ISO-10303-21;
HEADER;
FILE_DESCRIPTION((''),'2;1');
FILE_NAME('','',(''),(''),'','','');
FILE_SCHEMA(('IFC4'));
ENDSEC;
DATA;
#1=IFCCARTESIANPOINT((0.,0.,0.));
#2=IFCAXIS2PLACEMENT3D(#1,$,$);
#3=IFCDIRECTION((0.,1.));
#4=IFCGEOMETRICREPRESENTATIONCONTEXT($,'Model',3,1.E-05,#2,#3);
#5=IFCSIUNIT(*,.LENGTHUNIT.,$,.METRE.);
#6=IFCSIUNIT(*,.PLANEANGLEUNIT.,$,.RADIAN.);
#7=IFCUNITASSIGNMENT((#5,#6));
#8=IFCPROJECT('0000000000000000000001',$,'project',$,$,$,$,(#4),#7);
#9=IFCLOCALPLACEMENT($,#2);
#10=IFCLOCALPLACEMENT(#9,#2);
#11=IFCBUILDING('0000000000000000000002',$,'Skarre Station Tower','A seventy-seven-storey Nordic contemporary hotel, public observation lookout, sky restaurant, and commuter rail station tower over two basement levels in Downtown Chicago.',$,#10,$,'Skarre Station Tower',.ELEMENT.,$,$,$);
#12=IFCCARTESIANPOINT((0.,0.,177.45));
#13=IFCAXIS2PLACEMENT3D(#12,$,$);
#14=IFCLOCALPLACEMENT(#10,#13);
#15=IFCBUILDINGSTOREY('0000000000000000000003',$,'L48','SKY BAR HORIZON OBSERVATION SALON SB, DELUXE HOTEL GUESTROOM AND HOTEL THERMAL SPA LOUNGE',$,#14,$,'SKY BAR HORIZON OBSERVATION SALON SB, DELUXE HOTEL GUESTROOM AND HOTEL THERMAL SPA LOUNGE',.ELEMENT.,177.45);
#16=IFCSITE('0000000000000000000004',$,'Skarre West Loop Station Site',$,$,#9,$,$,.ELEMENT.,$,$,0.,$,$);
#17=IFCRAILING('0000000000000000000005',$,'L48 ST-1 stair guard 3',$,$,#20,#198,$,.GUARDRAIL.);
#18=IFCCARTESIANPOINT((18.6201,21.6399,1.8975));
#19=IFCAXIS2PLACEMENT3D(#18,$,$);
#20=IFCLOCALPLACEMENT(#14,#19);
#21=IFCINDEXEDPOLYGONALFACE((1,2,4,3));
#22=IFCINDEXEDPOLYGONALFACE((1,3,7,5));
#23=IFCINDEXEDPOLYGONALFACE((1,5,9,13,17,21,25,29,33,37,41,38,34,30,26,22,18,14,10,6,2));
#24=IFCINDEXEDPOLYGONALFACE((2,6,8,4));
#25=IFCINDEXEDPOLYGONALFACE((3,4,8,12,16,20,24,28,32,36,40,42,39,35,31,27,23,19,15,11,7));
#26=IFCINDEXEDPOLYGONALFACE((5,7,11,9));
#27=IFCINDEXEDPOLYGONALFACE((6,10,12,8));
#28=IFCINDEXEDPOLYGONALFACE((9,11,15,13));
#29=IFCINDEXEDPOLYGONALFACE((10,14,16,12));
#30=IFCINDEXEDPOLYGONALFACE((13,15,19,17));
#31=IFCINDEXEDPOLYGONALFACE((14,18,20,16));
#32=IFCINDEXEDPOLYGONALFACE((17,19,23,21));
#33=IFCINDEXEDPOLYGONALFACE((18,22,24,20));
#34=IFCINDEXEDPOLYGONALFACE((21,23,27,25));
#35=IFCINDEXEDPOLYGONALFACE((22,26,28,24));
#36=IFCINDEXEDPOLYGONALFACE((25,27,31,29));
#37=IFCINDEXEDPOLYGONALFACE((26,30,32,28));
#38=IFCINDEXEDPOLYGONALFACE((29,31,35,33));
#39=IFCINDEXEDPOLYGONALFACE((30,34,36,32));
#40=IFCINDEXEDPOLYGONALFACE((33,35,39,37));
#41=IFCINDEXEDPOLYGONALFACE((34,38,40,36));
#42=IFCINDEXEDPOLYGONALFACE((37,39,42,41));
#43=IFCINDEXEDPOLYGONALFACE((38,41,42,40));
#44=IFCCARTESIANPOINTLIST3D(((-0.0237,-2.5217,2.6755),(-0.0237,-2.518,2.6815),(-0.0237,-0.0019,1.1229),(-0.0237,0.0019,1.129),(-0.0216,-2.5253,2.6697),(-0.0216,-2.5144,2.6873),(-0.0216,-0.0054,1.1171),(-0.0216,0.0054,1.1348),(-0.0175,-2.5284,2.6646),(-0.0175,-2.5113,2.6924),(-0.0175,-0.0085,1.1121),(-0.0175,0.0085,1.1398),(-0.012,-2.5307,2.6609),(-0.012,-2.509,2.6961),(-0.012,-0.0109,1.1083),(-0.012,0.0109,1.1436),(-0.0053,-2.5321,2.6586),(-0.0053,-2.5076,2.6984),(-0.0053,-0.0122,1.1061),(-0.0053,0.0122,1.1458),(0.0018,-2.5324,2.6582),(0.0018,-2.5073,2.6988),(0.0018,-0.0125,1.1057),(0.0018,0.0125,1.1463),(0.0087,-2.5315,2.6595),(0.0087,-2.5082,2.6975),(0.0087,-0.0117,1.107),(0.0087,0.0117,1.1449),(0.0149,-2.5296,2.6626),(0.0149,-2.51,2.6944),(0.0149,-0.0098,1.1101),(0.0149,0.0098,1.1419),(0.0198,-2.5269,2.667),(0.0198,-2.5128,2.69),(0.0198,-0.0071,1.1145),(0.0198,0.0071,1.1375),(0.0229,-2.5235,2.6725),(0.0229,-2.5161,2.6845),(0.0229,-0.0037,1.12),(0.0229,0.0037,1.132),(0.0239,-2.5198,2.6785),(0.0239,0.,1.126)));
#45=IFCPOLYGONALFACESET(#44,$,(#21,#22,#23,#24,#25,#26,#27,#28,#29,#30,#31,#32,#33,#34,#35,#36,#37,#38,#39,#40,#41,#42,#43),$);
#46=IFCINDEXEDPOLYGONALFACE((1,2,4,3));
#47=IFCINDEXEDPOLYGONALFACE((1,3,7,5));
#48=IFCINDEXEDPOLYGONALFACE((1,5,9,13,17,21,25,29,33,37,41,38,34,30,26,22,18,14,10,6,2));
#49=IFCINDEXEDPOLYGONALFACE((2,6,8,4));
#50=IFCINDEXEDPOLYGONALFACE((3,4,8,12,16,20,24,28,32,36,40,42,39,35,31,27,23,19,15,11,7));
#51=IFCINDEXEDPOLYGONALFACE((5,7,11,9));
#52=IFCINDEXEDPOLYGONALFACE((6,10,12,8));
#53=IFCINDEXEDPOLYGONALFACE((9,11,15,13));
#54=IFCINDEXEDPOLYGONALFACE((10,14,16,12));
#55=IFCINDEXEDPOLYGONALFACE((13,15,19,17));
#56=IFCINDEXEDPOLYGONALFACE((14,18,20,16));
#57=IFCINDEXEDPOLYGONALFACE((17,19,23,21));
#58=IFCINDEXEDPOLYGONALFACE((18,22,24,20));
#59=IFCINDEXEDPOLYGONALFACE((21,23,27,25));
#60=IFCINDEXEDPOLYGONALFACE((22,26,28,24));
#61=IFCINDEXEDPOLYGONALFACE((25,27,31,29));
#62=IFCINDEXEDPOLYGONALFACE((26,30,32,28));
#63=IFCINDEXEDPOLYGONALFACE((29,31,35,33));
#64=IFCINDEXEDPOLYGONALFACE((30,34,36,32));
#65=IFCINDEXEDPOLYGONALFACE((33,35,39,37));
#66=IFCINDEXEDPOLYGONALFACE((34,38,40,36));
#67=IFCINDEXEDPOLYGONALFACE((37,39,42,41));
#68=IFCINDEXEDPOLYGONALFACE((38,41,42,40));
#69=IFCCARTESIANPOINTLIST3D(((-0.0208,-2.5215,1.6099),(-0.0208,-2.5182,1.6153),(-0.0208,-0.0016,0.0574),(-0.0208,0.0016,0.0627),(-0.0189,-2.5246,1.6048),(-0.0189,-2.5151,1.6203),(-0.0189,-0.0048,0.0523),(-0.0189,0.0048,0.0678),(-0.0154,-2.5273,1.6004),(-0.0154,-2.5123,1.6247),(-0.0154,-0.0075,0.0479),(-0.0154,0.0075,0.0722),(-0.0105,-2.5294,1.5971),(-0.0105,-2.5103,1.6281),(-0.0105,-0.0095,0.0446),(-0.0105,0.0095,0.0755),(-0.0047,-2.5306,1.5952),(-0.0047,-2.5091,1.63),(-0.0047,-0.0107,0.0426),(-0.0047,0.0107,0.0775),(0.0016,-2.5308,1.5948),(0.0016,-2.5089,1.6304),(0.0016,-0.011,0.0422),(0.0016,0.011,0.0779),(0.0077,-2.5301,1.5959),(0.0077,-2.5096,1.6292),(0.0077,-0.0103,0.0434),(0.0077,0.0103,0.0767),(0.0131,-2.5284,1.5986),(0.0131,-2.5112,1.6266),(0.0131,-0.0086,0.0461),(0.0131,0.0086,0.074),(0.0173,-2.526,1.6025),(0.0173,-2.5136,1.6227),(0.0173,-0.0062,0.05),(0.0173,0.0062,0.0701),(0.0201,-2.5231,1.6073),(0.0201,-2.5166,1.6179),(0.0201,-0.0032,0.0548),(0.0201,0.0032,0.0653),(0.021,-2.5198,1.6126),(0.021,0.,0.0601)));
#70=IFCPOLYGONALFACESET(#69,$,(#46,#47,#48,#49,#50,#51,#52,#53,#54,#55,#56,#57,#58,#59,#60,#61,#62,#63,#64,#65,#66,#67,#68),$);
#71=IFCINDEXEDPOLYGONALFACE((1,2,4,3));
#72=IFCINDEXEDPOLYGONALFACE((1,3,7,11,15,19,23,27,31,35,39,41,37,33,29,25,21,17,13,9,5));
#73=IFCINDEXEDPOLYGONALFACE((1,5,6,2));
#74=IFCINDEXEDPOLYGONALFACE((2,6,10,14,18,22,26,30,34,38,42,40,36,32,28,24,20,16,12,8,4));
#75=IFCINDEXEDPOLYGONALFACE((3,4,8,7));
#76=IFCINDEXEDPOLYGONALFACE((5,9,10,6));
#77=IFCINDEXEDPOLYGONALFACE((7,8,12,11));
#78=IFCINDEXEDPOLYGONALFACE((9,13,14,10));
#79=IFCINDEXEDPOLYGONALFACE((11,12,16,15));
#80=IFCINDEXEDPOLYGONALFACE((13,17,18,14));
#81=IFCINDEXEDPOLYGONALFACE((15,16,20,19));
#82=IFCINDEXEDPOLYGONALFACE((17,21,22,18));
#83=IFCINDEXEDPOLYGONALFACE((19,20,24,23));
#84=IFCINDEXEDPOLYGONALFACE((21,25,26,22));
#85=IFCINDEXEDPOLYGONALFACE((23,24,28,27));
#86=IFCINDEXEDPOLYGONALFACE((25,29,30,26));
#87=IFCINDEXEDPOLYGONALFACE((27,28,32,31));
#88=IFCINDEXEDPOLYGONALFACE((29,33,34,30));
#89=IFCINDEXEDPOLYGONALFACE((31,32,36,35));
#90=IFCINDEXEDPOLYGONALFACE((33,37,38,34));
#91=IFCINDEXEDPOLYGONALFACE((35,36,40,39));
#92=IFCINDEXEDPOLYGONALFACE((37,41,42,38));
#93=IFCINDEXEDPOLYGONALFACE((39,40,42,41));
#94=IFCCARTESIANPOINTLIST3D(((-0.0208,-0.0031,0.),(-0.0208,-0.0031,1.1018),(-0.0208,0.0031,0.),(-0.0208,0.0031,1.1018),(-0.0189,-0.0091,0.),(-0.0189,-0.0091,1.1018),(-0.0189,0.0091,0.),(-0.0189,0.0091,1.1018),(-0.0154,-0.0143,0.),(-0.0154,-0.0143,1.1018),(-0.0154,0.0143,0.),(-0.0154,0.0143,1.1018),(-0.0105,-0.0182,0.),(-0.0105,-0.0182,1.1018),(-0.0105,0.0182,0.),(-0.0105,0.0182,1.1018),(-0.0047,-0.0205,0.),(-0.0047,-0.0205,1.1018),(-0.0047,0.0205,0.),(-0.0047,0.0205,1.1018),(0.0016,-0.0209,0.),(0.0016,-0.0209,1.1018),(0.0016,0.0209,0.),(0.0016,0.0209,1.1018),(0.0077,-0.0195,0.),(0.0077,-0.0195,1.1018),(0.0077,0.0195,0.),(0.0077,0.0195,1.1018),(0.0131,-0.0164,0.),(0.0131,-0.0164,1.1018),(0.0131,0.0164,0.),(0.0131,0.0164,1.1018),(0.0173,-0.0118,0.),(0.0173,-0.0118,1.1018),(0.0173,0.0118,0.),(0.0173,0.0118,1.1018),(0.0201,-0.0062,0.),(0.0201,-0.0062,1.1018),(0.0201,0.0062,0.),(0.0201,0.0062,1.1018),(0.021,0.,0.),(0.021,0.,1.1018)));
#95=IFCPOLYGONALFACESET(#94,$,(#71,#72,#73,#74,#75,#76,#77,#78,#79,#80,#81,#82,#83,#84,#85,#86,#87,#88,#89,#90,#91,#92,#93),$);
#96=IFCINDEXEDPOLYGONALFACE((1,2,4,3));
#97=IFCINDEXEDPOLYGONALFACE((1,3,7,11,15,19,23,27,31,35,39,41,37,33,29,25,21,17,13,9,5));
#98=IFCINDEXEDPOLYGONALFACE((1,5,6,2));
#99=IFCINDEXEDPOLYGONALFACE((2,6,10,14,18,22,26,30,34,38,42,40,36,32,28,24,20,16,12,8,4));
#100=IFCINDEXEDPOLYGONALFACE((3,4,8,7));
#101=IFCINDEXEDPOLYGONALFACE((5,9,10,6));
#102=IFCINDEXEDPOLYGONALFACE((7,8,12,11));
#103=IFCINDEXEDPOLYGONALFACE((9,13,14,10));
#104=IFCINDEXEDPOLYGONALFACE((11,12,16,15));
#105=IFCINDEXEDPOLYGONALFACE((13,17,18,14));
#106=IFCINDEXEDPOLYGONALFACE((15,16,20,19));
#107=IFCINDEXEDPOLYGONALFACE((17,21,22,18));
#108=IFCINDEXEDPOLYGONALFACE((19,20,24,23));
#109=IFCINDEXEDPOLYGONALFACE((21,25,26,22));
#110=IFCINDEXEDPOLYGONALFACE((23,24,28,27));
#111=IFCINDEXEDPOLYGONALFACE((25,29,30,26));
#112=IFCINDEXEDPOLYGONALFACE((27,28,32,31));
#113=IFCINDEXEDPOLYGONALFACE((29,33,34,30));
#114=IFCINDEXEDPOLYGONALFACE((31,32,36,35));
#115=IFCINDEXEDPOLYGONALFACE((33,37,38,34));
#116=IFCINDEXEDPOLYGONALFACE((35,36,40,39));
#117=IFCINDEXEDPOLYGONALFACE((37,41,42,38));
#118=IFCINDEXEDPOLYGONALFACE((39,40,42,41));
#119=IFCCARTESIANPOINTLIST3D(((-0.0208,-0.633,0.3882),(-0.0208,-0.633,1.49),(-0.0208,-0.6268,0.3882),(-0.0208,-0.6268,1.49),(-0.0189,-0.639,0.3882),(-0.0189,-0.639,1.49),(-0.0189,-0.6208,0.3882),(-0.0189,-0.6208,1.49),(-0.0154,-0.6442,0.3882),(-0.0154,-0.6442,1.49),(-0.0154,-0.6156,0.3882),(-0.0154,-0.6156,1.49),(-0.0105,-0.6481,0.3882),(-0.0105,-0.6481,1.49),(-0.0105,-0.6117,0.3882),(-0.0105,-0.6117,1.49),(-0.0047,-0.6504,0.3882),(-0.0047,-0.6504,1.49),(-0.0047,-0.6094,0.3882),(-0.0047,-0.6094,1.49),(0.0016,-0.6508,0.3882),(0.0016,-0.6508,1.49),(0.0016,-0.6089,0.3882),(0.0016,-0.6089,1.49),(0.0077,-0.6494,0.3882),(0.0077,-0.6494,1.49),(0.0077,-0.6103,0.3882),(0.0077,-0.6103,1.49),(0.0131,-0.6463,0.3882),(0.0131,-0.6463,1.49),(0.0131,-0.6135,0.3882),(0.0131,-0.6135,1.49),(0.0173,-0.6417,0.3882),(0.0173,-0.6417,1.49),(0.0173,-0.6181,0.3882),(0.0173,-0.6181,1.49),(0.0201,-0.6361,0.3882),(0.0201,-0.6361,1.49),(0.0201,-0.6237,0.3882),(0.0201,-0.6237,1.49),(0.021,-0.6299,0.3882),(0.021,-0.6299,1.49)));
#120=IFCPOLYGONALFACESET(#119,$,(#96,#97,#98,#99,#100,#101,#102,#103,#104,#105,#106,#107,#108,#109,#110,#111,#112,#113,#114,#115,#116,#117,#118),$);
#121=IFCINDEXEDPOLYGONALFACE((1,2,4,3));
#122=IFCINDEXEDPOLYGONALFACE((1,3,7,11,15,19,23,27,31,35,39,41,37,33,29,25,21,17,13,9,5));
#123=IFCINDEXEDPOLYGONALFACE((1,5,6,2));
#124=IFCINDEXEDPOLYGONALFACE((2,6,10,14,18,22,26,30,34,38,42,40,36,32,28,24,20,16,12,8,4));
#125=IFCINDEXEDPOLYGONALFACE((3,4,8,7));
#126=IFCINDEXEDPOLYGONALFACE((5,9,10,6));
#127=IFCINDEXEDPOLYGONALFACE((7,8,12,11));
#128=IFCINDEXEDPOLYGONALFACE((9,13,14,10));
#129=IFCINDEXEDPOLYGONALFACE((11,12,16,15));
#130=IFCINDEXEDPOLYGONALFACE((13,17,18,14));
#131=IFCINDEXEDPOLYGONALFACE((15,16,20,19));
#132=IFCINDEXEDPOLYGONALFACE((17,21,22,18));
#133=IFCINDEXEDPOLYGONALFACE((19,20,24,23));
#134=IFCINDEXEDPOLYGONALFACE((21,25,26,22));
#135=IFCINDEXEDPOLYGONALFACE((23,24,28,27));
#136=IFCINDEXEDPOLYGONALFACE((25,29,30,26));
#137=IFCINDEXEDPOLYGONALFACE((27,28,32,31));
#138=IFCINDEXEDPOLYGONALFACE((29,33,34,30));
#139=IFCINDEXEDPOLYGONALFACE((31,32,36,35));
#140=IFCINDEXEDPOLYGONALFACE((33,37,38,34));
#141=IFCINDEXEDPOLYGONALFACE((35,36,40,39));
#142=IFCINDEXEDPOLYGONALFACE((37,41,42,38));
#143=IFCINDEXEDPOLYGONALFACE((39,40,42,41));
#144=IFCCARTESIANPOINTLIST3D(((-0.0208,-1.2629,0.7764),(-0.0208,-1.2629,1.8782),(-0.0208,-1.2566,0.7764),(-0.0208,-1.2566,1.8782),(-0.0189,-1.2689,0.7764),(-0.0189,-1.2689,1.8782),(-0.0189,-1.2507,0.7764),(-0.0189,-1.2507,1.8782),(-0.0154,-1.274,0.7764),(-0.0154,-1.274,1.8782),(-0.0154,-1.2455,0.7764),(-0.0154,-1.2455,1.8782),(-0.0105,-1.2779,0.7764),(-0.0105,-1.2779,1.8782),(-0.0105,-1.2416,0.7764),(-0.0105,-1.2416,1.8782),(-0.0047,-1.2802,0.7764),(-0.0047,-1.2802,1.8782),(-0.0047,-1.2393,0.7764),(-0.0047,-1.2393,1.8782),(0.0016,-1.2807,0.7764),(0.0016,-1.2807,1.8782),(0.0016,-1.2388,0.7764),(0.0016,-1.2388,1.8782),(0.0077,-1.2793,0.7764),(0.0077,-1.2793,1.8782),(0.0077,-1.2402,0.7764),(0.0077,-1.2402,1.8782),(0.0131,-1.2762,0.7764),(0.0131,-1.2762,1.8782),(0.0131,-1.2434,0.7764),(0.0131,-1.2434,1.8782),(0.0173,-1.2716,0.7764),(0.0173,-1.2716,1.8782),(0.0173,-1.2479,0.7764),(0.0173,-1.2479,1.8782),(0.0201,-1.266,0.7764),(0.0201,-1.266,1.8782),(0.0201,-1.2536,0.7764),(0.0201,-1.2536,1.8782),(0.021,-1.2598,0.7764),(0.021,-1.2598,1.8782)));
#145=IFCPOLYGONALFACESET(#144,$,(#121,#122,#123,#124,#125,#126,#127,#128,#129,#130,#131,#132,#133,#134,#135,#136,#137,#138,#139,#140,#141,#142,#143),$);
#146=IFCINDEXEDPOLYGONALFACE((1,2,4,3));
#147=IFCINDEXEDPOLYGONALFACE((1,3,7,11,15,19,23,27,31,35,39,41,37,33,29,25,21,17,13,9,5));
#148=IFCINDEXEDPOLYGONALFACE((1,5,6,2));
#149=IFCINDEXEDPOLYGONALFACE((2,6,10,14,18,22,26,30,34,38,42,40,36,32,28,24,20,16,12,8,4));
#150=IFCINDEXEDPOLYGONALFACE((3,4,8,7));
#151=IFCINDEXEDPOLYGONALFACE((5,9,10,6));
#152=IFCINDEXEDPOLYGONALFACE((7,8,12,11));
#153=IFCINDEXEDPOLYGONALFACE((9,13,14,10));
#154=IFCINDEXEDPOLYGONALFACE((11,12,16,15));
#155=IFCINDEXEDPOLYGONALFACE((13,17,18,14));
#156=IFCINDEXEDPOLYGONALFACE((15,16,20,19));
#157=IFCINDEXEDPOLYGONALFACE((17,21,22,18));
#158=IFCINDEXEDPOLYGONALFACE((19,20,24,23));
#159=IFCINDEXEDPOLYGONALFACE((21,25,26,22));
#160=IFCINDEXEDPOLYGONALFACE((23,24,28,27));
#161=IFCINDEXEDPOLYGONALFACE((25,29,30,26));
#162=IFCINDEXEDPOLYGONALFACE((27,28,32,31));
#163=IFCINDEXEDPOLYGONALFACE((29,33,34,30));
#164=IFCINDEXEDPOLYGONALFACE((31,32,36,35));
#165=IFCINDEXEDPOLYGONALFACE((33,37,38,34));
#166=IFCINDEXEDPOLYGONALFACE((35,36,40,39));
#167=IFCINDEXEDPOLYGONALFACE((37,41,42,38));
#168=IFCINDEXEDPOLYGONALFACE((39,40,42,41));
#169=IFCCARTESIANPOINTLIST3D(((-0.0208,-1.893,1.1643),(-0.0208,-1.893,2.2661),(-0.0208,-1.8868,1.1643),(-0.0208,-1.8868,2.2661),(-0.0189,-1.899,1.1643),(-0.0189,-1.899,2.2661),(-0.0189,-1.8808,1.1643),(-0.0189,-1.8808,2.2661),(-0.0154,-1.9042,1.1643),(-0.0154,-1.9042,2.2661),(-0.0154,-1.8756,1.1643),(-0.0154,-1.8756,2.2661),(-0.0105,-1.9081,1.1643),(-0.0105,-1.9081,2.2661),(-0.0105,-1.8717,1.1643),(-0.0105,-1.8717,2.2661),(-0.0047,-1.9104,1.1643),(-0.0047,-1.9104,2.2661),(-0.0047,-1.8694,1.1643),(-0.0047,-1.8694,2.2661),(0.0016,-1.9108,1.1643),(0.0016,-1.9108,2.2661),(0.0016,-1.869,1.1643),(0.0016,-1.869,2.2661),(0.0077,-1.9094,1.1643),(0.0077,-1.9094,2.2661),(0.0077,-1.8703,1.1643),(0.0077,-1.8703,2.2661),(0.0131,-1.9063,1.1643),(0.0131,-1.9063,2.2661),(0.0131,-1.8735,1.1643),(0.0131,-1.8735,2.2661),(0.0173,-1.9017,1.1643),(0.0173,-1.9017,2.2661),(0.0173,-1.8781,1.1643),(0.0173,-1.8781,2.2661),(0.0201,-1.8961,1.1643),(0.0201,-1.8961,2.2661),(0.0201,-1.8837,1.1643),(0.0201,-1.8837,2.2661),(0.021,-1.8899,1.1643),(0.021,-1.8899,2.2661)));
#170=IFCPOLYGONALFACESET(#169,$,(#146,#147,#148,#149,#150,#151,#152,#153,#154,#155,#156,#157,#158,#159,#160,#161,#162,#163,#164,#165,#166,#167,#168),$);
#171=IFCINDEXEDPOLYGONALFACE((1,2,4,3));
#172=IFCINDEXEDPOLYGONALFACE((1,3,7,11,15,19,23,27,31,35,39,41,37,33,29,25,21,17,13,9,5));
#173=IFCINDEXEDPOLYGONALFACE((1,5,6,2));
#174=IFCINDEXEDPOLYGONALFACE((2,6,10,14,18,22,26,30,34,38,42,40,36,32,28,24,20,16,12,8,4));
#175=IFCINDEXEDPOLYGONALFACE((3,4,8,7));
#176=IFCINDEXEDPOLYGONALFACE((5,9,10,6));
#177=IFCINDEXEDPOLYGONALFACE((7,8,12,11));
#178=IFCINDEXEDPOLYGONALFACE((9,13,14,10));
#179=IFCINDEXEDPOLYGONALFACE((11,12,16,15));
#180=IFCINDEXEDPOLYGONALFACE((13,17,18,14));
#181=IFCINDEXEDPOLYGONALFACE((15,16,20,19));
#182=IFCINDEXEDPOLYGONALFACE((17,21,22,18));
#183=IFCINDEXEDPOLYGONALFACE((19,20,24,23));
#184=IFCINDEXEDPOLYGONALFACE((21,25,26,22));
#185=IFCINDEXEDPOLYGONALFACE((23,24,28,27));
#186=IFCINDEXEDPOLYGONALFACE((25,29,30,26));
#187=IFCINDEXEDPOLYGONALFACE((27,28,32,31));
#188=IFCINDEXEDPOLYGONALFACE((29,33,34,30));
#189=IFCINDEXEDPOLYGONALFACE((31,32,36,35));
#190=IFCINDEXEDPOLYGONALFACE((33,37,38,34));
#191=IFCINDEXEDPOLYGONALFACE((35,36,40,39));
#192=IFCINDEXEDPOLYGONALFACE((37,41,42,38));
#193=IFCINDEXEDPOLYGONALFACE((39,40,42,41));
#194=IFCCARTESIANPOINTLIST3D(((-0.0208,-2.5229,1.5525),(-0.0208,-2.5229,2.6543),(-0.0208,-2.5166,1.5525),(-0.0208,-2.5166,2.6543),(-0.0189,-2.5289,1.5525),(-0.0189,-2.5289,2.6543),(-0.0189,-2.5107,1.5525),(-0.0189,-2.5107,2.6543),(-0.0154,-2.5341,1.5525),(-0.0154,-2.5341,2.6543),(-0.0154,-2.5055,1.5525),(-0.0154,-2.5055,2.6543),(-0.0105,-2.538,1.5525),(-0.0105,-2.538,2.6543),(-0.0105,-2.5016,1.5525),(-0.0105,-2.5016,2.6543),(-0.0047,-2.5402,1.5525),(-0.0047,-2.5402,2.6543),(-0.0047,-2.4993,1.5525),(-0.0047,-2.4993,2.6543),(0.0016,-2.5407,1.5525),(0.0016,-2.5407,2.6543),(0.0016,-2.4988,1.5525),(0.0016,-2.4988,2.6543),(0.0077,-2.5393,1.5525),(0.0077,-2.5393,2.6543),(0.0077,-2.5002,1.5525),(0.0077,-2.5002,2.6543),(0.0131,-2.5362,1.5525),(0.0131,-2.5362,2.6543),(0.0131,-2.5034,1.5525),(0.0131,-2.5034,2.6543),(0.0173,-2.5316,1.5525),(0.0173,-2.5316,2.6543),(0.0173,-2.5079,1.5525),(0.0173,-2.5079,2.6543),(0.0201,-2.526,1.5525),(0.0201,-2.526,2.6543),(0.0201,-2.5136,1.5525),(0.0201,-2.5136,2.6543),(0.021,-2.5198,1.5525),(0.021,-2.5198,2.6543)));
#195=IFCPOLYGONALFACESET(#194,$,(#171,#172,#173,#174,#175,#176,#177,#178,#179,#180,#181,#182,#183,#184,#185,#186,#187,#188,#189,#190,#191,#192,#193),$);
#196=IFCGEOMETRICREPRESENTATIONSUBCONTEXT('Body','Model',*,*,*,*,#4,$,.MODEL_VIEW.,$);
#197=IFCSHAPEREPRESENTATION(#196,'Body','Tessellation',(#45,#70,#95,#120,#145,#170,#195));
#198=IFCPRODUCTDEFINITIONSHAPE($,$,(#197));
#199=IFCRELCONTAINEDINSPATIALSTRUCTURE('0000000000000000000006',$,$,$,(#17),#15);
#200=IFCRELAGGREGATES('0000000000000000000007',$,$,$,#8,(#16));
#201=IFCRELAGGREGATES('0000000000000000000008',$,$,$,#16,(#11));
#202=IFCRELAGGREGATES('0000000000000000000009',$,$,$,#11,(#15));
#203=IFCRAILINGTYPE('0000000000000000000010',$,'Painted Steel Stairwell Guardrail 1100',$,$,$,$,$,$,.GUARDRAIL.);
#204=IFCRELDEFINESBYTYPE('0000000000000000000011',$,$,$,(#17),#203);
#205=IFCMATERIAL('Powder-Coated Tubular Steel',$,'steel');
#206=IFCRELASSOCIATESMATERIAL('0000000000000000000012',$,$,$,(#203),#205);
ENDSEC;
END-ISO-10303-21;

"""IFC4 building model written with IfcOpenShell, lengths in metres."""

from ifc_helpers import new_model, si_unit, direction, frame, origin, origin_2d, place, context, subcontext, project, spatial, circle, extrude, material, type_object, element, save


model = new_model("IFC4")

# Units and contexts
model_context = context("Model", 3, precision=1e-05, world=origin(), true_north=direction((0.0, 1.0)))
body_context = subcontext(model_context, "Body", "Model", "MODEL_VIEW")
ifc_project = project(units=[si_unit("LENGTHUNIT", "METRE"), si_unit("PLANEANGLEUNIT", "RADIAN")], contexts=[model_context])

# Site, building, storey
site_placement = place(None, origin())
site = spatial("IfcSite", under=ifc_project, at=site_placement, Name="Skarre West Loop Station Site", CompositionType="ELEMENT", RefElevation=0.0)
building_placement = place(site_placement, origin())
building = spatial("IfcBuilding", under=site, at=building_placement, Name="Skarre Station Tower", Description="A seventy-seven-storey Nordic contemporary hotel, public observation lookout, sky restaurant, and commuter rail station tower over two basement levels in Downtown Chicago.", LongName="Skarre Station Tower", CompositionType="ELEMENT")
storey_placement = place(building_placement, frame((0.0, 0.0, 177.45)))
storey = spatial("IfcBuildingStorey", under=building, at=storey_placement, Name="L48", Description="SKY BAR HORIZON OBSERVATION SALON SB, DELUXE HOTEL GUESTROOM AND HOTEL THERMAL SPA LOUNGE", LongName="SKY BAR HORIZON OBSERVATION SALON SB, DELUXE HOTEL GUESTROOM AND HOTEL THERMAL SPA LOUNGE", CompositionType="ELEMENT", Elevation=177.45)

# Railing
ifc_material_1 = material(Name="Powder-Coated Tubular Steel", Category="steel")
railing_type_1 = type_object("IfcRailingType", Name="Painted Steel Stairwell Guardrail 1100", PredefinedType="GUARDRAIL", material=ifc_material_1)
railing_1_placement = place(storey_placement, frame((18.6201, 21.6399, 1.8975)))
element("IfcRailing", 1, at=railing_1_placement, inside=storey, type_object=railing_type_1, Name="L48 ST-1 stair guard 3", PredefinedType="GUARDRAIL", context=body_context, shape_type="SweptSolid", body=[
    extrude(circle(Radius=0.0239, at=origin_2d()), frame((0.0, 0.0, 1.126), z_axis=(0.0, -0.851378, 0.524553), x_axis=(1.0, 0.0, 0.0)), (0.0, 0.0, 1.0), 2.9597),
    extrude(circle(Radius=0.021, at=origin_2d()), frame((0.0, 0.0, 0.0601), z_axis=(0.0, -0.851378, 0.524553), x_axis=(1.0, 0.0, 0.0)), (0.0, 0.0, 1.0), 2.9597),
    extrude(circle(Radius=0.021, at=origin_2d()), origin(), (0.0, 0.0, 1.0), 1.1018),
    extrude(circle(Radius=0.021, at=origin_2d()), frame((0.0, -0.6299, 0.3882)), (0.0, 0.0, 1.0), 1.1018),
    extrude(circle(Radius=0.021, at=origin_2d()), frame((0.0, -1.2598, 0.7764)), (0.0, 0.0, 1.0), 1.1018),
    extrude(circle(Radius=0.021, at=origin_2d()), frame((0.0, -1.8899, 1.1643)), (0.0, 0.0, 1.0), 1.1018),
    extrude(circle(Radius=0.021, at=origin_2d()), frame((0.0, -2.5198, 1.5525)), (0.0, 0.0, 1.0), 1.1018),
])

save(model, "model.ifc")
